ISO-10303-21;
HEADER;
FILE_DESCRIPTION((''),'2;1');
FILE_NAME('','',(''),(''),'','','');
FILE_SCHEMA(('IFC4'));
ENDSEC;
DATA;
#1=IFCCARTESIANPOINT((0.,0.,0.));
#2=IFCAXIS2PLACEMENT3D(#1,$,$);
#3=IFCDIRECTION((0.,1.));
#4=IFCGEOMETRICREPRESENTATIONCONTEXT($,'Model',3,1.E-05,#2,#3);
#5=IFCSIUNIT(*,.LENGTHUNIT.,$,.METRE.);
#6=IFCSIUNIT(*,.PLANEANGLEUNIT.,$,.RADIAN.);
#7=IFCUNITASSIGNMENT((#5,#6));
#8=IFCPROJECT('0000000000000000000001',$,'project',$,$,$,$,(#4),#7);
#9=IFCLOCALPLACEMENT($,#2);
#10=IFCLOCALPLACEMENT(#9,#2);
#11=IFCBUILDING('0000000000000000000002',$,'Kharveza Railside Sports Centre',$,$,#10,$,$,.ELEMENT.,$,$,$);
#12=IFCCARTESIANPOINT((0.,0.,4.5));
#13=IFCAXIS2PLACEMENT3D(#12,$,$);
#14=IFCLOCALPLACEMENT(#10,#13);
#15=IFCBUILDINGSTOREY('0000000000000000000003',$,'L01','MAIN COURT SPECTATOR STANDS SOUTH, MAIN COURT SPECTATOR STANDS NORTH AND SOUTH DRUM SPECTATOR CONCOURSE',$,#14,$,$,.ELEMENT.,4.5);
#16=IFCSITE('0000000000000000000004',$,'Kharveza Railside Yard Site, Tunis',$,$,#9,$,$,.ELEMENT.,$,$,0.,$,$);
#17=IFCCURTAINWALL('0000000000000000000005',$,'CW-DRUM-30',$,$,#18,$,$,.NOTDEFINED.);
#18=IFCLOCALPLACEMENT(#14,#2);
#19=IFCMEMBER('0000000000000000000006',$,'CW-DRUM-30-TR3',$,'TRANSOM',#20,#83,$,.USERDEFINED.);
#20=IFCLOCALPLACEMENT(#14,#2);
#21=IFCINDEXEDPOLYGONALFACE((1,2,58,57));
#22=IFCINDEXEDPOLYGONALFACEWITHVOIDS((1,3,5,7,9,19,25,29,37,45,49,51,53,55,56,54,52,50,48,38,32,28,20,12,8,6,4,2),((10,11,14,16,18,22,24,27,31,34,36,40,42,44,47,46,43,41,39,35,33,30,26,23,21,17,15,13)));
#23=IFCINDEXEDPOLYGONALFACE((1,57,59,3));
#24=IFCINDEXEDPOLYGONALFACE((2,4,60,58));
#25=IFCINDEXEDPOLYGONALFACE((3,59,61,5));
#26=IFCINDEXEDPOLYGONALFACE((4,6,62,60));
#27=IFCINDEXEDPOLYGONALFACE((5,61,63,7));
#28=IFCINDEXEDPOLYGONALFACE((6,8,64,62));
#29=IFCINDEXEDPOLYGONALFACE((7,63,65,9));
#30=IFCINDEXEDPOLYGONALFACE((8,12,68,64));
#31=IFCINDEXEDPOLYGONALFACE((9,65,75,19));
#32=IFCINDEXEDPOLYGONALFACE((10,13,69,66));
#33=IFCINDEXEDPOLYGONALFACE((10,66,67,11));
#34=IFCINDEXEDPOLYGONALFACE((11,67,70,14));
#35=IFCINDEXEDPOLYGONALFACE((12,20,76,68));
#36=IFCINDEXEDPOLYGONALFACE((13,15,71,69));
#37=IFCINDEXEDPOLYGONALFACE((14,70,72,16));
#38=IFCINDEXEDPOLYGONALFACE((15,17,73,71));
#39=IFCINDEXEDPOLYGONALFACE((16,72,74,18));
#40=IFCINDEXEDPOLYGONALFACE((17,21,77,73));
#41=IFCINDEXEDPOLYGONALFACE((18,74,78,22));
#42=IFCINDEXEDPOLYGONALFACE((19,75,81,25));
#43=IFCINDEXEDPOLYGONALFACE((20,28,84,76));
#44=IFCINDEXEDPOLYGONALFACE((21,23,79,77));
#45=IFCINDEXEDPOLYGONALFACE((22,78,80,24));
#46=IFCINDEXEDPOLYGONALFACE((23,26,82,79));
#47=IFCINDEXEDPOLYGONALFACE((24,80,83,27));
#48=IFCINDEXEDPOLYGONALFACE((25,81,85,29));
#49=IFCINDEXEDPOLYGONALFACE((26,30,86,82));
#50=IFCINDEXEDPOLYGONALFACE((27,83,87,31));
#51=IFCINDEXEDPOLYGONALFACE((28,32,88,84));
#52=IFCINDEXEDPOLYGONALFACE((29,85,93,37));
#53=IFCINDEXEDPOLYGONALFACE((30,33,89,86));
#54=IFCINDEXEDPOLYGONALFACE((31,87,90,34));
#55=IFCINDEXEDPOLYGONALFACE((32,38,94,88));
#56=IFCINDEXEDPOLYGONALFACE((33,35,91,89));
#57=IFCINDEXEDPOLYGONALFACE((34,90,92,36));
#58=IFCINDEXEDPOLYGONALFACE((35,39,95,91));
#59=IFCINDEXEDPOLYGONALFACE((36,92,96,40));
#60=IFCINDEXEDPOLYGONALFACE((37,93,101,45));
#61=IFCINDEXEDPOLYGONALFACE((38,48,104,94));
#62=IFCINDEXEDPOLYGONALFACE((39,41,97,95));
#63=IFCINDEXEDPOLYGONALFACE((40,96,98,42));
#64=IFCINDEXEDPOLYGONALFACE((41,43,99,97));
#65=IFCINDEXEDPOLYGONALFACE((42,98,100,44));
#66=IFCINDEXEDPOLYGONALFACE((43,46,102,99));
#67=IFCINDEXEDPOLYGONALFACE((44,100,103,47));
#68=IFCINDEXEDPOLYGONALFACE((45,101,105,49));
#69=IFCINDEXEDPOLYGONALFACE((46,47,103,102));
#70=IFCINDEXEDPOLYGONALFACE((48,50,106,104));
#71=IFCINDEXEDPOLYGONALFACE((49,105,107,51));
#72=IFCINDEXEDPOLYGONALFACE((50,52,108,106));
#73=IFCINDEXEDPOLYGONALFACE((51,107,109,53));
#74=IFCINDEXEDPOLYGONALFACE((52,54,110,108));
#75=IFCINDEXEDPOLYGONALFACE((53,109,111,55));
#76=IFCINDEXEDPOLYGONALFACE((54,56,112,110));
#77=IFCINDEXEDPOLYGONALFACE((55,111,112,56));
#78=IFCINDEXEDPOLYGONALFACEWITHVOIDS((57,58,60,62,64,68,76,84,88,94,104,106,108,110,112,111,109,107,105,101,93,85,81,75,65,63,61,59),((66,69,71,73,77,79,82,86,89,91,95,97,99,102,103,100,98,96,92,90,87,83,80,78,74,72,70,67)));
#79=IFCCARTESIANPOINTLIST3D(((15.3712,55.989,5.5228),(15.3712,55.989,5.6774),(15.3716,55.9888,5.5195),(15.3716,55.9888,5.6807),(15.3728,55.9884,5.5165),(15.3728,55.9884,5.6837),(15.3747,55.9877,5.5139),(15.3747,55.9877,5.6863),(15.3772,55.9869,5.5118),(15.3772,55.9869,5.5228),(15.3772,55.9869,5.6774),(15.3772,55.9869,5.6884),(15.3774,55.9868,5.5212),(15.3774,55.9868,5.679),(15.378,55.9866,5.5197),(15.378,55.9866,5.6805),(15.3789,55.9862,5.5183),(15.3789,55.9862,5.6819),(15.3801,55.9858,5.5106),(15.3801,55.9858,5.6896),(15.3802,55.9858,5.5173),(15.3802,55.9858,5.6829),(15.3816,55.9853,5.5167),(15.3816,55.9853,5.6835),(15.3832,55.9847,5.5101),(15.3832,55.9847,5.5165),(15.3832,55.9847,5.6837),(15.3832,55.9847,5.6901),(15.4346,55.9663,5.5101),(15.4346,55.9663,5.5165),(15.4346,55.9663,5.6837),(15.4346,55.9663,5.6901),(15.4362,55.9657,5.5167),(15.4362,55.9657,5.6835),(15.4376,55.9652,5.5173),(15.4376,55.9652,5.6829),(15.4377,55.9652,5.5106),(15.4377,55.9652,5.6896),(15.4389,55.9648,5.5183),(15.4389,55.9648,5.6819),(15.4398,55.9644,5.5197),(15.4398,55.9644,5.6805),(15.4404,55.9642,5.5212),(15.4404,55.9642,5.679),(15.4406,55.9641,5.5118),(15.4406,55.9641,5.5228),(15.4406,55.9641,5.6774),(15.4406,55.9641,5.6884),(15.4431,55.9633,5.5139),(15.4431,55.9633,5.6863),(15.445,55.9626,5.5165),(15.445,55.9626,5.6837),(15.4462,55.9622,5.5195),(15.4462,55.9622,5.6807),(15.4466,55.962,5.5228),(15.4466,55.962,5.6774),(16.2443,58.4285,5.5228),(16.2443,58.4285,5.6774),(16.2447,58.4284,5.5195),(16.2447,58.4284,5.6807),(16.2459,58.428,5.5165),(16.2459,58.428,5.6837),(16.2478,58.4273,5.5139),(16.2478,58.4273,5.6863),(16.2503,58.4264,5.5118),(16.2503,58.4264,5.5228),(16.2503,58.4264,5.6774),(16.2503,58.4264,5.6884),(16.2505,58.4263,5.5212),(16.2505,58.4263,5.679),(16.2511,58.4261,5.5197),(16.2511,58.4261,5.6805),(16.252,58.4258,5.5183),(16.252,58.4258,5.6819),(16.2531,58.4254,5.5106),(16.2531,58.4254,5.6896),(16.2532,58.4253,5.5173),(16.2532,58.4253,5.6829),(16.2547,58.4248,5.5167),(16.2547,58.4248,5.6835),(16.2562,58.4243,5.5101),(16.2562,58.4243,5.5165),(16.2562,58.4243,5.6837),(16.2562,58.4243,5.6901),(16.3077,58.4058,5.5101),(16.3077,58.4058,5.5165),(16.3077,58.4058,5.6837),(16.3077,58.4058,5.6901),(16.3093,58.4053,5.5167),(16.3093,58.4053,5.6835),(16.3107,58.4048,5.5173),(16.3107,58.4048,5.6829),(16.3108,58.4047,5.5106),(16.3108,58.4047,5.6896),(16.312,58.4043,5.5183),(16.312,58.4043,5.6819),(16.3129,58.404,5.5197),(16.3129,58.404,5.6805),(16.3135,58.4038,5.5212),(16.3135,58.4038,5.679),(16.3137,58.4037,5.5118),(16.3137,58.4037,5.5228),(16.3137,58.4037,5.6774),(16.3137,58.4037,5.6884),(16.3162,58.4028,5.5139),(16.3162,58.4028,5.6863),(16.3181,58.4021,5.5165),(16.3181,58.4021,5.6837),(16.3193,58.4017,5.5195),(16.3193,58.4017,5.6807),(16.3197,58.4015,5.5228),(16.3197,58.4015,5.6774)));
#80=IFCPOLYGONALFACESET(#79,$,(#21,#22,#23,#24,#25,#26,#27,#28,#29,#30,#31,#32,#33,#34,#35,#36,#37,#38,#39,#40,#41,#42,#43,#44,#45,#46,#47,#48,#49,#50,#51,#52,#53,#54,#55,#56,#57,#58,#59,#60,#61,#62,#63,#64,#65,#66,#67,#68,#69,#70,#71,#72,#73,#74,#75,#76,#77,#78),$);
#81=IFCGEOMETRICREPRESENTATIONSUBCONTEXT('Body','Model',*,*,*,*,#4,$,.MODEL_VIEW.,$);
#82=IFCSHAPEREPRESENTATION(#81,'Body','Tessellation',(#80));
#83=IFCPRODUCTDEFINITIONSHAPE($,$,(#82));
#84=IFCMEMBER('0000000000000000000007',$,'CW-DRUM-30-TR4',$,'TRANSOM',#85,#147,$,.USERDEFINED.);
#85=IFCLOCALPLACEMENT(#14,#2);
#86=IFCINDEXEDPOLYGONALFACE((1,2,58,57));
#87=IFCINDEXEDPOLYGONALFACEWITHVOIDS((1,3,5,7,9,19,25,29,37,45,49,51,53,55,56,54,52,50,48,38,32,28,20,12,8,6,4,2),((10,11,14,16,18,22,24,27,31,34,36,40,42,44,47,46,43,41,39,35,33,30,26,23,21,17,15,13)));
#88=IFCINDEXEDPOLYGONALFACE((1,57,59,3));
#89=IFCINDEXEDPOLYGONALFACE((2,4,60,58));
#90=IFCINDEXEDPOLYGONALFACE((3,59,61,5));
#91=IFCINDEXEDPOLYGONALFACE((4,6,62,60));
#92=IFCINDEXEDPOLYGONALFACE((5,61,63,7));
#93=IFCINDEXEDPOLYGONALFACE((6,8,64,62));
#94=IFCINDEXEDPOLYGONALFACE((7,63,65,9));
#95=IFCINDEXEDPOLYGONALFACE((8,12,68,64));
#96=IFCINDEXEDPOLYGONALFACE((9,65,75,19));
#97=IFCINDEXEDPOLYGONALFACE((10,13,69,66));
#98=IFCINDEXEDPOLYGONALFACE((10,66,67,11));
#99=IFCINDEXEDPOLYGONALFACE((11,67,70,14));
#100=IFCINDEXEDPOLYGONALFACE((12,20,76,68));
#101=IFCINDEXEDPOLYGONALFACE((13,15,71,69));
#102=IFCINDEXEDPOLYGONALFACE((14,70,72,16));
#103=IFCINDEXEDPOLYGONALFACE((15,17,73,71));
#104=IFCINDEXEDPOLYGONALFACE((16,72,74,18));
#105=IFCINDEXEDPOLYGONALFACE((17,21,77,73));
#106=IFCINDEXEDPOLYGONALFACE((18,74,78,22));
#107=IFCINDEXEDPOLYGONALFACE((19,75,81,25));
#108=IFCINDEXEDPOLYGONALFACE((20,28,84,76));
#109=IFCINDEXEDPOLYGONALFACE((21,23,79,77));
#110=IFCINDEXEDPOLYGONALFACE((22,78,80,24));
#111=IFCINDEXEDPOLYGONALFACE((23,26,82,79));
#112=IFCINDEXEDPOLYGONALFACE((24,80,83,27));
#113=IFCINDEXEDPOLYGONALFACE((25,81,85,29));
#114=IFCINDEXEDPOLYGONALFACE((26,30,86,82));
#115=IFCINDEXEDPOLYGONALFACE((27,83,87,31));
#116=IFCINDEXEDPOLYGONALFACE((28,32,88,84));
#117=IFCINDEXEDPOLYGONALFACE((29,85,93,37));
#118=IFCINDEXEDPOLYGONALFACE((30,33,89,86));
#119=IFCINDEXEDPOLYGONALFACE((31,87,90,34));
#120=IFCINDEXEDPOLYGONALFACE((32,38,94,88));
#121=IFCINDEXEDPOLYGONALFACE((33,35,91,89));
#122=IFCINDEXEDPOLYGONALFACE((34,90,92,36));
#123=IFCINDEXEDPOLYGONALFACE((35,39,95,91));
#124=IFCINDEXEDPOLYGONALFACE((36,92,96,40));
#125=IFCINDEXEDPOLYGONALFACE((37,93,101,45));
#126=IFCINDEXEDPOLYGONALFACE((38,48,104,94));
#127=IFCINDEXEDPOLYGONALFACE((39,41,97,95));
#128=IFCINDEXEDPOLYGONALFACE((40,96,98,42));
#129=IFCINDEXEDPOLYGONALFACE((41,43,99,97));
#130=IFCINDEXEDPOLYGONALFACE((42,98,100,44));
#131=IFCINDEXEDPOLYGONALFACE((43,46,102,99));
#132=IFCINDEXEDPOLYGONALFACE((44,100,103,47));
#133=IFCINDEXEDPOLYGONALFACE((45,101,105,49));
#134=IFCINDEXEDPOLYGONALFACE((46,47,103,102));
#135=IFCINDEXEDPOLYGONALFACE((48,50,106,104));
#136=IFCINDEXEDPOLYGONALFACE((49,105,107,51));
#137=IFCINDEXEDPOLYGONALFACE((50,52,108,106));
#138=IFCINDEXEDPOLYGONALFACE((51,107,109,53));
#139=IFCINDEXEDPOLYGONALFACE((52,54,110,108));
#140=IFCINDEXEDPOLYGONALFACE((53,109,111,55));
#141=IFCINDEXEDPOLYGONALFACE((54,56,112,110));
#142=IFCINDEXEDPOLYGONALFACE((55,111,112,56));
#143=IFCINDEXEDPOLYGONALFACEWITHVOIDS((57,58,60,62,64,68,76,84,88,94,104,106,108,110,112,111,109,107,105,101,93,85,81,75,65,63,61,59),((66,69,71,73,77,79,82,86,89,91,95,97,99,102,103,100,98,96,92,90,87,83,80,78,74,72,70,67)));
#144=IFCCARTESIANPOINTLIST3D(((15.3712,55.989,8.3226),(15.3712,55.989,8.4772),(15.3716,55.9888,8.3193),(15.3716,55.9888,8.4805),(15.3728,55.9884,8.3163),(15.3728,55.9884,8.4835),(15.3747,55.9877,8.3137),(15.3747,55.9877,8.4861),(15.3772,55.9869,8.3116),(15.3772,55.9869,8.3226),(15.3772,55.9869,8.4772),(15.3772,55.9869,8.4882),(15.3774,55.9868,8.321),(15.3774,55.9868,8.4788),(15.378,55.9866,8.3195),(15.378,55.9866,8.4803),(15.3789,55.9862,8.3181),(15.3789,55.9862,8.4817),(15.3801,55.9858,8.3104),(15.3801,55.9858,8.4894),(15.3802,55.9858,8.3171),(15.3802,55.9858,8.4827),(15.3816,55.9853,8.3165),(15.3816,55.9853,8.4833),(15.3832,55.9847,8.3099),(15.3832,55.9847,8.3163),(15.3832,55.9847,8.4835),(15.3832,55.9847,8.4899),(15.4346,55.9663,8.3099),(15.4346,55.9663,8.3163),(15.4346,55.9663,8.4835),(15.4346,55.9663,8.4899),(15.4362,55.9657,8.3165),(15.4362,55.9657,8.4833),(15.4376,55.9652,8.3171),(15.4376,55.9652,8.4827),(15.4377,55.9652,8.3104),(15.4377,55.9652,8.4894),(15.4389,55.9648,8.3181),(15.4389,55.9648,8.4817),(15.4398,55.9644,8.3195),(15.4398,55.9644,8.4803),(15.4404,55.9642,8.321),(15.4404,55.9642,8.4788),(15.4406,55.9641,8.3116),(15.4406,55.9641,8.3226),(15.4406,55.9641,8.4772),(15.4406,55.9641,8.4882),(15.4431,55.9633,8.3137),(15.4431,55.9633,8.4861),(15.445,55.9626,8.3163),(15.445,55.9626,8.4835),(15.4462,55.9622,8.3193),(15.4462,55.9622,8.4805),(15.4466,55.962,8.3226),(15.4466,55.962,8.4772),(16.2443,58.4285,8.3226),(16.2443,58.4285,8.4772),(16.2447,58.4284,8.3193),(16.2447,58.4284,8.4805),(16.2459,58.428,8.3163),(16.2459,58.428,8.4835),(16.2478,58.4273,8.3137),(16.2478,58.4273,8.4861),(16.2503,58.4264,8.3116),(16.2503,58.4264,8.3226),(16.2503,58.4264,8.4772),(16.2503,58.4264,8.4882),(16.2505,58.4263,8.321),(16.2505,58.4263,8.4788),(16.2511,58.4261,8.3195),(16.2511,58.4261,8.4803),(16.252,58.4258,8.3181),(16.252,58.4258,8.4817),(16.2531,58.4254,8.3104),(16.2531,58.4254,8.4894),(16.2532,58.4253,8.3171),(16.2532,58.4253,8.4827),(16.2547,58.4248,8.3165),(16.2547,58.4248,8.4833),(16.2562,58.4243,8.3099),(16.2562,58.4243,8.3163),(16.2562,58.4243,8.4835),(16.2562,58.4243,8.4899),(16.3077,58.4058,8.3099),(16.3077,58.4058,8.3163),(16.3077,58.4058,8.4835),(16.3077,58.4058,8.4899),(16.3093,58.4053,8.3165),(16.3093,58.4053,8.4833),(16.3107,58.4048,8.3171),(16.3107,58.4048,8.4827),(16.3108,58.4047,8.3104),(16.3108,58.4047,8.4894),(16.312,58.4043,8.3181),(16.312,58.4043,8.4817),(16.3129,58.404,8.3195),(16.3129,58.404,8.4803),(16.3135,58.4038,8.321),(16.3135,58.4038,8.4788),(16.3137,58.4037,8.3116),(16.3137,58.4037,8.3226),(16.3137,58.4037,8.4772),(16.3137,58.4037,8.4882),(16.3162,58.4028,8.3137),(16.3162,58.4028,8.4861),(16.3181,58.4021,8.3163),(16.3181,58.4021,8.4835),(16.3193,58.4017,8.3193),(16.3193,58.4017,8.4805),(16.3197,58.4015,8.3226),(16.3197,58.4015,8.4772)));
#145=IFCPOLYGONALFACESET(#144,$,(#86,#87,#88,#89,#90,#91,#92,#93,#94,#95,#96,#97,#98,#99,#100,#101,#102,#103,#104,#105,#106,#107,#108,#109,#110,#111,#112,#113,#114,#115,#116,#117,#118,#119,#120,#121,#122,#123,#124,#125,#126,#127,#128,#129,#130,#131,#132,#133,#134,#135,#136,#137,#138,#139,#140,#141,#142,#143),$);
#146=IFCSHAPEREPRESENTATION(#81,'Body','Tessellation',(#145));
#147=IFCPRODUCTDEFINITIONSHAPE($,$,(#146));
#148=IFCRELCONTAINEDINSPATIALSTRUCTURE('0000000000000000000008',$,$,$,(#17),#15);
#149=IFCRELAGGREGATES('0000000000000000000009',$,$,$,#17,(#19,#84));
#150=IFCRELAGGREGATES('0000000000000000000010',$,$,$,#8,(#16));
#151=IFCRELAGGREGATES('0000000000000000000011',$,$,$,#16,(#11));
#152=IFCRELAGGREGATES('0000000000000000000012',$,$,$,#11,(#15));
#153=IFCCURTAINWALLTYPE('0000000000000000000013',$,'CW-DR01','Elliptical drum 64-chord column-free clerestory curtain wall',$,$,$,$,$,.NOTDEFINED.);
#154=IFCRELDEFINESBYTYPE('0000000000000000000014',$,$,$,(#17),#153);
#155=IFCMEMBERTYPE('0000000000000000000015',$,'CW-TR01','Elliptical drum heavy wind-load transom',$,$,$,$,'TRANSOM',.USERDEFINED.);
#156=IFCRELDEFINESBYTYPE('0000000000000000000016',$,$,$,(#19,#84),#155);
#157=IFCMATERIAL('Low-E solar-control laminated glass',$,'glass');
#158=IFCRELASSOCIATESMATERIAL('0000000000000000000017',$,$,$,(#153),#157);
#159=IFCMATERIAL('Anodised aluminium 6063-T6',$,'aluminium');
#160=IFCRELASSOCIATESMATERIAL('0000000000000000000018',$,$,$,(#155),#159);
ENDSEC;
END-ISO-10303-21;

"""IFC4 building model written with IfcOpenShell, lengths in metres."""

from ifc_helpers import new_model, si_unit, direction, frame, origin, origin_2d, place, context, subcontext, project, spatial, hollow_rectangle, extrude, material, material_profile, profile_set, type_object, element, aggregate, save


model = new_model("IFC4")

# Units and contexts
model_context = context("Model", 3, precision=1e-05, world=origin(), true_north=direction((0.0, 1.0)))
body_context = subcontext(model_context, "Body", "Model", "MODEL_VIEW")
ifc_project = project(units=[si_unit("LENGTHUNIT", "METRE"), si_unit("PLANEANGLEUNIT", "RADIAN")], contexts=[model_context])

# Site, building, storey
site_placement = place(None, origin())
site = spatial("IfcSite", under=ifc_project, at=site_placement, Name="Kharveza Railside Yard Site, Tunis", CompositionType="ELEMENT", RefElevation=0.0)
building_placement = place(site_placement, origin())
building = spatial("IfcBuilding", under=site, at=building_placement, Name="Kharveza Railside Sports Centre", CompositionType="ELEMENT")
storey_placement = place(building_placement, frame((0.0, 0.0, 4.5)))
storey = spatial("IfcBuildingStorey", under=building, at=storey_placement, Name="L01", Description="MAIN COURT SPECTATOR STANDS SOUTH, MAIN COURT SPECTATOR STANDS NORTH AND SOUTH DRUM SPECTATOR CONCOURSE", CompositionType="ELEMENT", Elevation=4.5)

# Shared definitions
ifc_material_1 = material(Name="Low-E solar-control laminated glass", Category="glass")
curtain_wall_type = type_object("IfcCurtainWallType", Name="CW-DR01", Description="Elliptical drum 64-chord column-free clerestory curtain wall", PredefinedType="NOTDEFINED", material=ifc_material_1)
ifc_material_2 = material(Name="Anodised aluminium 6063-T6", Category="aluminium")

# Curtain wall
curtain_wall_1_placement = place(storey_placement, origin())
curtain_wall_1 = element("IfcCurtainWall", 1, at=curtain_wall_1_placement, inside=storey, type_object=curtain_wall_type, Name="CW-DRUM-30", PredefinedType="NOTDEFINED")

# Members
ifc_material_profile_1 = material_profile(ifc_material_2, hollow_rectangle(XDim=0.0801, YDim=0.1799, WallThickness=0.0063, InnerFilletRadius=0.0063, OuterFilletRadius=0.0127, at=origin_2d()), Name="RHS 80x180x6.3")
ifc_profile_set_1 = profile_set([ifc_material_profile_1], Name="Anodised aluminium 6063-T6")
member_type_1 = type_object("IfcMemberType", Name="CW-TR01", Description="Elliptical drum heavy wind-load transom", ElementType="TRANSOM", PredefinedType="USERDEFINED", material=ifc_profile_set_1)
member_1_placement = place(storey_placement, frame((16.282, 58.415, 5.6001), z_axis=(-0.336957, -0.94152, 0.0), x_axis=(0.94152, -0.336957, 0.0)))
member_1 = element("IfcMember", 2, at=member_1_placement, type_object=member_type_1, Name="CW-DRUM-30-TR3", ObjectType="TRANSOM", PredefinedType="USERDEFINED", context=body_context, shape_type="SweptSolid", body=[
    extrude(hollow_rectangle(XDim=0.0801, YDim=0.1799, WallThickness=0.0063, InnerFilletRadius=0.0063, OuterFilletRadius=0.0127, at=origin_2d()), origin(), (0.0, 0.0, 1.0), 2.5911),
])
member_2_placement = place(storey_placement, frame((16.282, 58.415, 8.3999), z_axis=(-0.336957, -0.94152, 0.0), x_axis=(0.94152, -0.336957, 0.0)))
member_2 = element("IfcMember", 3, at=member_2_placement, type_object=member_type_1, Name="CW-DRUM-30-TR4", ObjectType="TRANSOM", PredefinedType="USERDEFINED", context=body_context, shape_type="SweptSolid", body=[
    extrude(hollow_rectangle(XDim=0.0801, YDim=0.1799, WallThickness=0.0063, InnerFilletRadius=0.0063, OuterFilletRadius=0.0127, at=origin_2d()), origin(), (0.0, 0.0, 1.0), 2.5911),
])

aggregate(curtain_wall_1, [member_1, member_2])

save(model, "model.ifc")
